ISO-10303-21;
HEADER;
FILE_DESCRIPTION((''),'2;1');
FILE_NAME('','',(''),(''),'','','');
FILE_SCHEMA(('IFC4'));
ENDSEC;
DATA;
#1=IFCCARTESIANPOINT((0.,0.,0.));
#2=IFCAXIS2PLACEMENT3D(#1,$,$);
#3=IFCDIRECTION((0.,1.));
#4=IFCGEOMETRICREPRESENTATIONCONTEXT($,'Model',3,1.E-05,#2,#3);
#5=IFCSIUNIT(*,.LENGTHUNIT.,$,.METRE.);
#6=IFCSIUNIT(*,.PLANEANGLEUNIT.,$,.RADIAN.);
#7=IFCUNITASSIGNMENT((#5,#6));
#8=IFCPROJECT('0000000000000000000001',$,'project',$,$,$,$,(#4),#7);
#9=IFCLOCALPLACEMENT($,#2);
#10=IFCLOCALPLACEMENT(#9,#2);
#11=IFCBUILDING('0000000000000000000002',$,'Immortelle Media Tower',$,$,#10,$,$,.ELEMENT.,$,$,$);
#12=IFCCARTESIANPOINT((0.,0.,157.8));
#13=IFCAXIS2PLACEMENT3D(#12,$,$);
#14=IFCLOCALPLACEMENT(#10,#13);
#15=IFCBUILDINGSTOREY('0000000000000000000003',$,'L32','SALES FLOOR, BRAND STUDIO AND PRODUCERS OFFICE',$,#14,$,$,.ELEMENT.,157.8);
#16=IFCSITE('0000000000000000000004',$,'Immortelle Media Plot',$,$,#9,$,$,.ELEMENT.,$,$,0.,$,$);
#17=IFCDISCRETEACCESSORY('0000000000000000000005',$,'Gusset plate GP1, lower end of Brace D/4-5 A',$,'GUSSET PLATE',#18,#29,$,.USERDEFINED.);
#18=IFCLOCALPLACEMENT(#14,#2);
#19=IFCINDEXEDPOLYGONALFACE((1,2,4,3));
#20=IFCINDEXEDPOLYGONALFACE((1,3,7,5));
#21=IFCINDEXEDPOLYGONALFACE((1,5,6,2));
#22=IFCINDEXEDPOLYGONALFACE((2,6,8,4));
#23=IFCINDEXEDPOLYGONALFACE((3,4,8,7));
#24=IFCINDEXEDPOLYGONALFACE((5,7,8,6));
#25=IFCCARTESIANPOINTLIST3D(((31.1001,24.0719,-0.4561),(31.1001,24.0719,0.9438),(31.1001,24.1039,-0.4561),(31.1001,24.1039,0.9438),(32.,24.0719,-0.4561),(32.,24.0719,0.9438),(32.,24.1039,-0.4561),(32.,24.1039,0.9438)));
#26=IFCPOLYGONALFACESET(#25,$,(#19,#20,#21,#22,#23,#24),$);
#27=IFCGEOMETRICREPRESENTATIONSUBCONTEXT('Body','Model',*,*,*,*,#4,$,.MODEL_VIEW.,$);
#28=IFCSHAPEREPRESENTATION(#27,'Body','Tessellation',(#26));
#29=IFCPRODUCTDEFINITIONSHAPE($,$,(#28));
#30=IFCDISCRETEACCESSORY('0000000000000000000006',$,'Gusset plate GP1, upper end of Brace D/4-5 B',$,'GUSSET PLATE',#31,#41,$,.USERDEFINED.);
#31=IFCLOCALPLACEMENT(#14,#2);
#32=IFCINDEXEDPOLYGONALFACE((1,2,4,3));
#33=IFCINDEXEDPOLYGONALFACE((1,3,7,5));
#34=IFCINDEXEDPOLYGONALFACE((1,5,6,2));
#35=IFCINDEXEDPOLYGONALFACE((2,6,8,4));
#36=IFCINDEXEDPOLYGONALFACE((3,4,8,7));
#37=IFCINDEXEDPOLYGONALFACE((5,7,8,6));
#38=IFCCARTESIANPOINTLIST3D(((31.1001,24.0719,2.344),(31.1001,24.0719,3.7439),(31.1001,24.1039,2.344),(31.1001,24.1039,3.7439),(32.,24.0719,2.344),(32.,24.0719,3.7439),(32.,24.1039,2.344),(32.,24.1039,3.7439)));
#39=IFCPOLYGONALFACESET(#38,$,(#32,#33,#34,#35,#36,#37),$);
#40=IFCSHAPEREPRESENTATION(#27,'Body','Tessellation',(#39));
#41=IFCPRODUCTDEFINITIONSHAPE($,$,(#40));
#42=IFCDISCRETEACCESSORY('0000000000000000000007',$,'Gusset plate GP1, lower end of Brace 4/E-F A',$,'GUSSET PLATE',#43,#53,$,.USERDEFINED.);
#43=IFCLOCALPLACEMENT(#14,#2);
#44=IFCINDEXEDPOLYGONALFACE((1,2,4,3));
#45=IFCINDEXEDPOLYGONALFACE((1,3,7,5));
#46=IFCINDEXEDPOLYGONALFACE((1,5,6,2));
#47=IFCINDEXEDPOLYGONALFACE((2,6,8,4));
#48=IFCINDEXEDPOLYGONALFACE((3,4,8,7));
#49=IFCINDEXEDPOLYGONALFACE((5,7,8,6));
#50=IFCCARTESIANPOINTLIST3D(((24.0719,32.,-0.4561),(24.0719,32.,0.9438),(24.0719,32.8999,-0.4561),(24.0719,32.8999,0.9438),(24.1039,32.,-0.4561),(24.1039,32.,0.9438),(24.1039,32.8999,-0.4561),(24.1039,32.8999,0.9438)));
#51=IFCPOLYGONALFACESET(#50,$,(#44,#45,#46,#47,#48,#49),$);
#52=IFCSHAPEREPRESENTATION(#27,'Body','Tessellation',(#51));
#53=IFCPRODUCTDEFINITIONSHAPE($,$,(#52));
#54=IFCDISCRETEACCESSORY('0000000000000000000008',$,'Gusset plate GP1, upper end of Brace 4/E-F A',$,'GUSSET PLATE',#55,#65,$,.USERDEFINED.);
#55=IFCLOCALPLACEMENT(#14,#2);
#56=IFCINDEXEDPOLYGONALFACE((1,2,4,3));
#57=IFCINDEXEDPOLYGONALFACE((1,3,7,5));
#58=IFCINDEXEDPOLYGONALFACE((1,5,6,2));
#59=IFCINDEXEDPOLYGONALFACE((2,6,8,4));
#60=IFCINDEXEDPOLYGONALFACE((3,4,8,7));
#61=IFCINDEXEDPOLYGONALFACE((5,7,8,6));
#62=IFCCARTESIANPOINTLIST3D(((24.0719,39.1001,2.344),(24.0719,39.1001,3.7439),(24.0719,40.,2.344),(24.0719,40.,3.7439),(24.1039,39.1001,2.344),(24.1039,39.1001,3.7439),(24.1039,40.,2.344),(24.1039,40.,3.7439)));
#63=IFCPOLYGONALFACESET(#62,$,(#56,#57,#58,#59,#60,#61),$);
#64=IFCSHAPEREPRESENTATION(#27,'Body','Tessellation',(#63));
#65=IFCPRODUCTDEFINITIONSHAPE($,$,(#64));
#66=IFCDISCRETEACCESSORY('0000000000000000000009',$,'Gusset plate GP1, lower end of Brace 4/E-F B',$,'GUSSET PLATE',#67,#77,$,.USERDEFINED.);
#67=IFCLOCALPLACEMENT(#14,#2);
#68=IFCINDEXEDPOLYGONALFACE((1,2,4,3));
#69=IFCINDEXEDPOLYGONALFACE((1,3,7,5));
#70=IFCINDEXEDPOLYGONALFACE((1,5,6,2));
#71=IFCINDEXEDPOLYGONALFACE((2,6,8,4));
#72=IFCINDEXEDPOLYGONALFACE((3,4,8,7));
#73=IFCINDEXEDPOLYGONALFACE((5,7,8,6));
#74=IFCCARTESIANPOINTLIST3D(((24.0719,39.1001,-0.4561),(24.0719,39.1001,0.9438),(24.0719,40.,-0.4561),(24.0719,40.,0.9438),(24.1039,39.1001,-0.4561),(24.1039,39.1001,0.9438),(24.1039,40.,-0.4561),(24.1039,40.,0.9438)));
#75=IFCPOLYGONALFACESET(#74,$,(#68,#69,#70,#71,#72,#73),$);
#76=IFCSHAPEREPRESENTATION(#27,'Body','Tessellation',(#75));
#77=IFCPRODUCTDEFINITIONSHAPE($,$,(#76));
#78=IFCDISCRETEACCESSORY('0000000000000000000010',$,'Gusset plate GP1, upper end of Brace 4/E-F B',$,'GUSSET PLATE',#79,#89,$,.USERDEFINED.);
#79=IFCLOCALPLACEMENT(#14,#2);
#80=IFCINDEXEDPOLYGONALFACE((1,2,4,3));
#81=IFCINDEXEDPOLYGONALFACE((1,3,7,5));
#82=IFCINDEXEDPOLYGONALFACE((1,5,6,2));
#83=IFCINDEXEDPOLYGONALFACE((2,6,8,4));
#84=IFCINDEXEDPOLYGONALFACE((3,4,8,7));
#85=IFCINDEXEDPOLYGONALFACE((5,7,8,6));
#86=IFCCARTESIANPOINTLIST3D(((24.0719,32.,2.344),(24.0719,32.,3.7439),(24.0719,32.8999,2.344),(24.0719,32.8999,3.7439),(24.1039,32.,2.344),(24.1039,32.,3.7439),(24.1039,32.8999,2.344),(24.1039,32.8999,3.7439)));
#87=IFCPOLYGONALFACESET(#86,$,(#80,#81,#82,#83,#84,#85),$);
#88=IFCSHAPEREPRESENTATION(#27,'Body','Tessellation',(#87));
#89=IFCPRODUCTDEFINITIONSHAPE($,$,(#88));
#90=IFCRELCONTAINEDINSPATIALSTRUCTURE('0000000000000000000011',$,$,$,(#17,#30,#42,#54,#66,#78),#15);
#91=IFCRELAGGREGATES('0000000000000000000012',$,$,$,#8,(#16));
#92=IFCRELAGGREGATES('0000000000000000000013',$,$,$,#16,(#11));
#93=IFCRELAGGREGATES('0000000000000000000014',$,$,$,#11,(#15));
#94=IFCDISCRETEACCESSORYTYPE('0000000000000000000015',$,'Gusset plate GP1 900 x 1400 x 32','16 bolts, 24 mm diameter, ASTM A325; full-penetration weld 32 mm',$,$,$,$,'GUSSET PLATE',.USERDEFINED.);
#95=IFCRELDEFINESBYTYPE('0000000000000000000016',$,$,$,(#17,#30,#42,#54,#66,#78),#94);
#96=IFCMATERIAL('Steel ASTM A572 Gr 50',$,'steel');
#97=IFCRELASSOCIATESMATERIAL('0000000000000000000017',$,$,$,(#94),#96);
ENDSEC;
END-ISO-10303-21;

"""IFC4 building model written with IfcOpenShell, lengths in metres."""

from ifc_helpers import new_model, si_unit, direction, frame, origin, origin_2d, place, context, subcontext, project, spatial, rectangle, extrude, material, material_profile, profile_set, type_object, element, save


model = new_model("IFC4")

# Units and contexts
model_context = context("Model", 3, precision=1e-05, world=origin(), true_north=direction((0.0, 1.0)))
body_context = subcontext(model_context, "Body", "Model", "MODEL_VIEW")
ifc_project = project(units=[si_unit("LENGTHUNIT", "METRE"), si_unit("PLANEANGLEUNIT", "RADIAN")], contexts=[model_context])

# Site, building, storey
site_placement = place(None, origin())
site = spatial("IfcSite", under=ifc_project, at=site_placement, Name="Immortelle Media Plot", CompositionType="ELEMENT", RefElevation=0.0)
building_placement = place(site_placement, origin())
building = spatial("IfcBuilding", under=site, at=building_placement, Name="Immortelle Media Tower", CompositionType="ELEMENT")
storey_placement = place(building_placement, frame((0.0, 0.0, 157.8)))
storey = spatial("IfcBuildingStorey", under=building, at=storey_placement, Name="L32", Description="SALES FLOOR, BRAND STUDIO AND PRODUCERS OFFICE", CompositionType="ELEMENT", Elevation=157.8)

# Discrete accessories
ifc_material_1 = material(Name="Steel ASTM A572 Gr 50", Category="steel")
ifc_material_profile_1 = material_profile(ifc_material_1, rectangle(XDim=0.032, YDim=1.3999, at=origin_2d()), Name="PL 32 x 1400")
ifc_profile_set_1 = profile_set([ifc_material_profile_1], Name="Steel ASTM A572 Gr 50")
discrete_accessory_type_1 = type_object("IfcDiscreteAccessoryType", Name="Gusset plate GP1 900 x 1400 x 32", Description="16 bolts, 24 mm diameter, ASTM A325; full-penetration weld 32 mm", ElementType="GUSSET PLATE", PredefinedType="USERDEFINED", material=ifc_profile_set_1)
for number, where, z_axis, x_axis, name in (
    (1, (32.0, 24.0879, 0.2439), (-1.0, 0.0, 0.0), (0.0, -1.0, 0.0), "Gusset plate GP1, lower end of Brace D/4-5 A"),
    (2, (32.0, 24.0879, 3.0439), (-1.0, 0.0, 0.0), (0.0, -1.0, 0.0), "Gusset plate GP1, upper end of Brace D/4-5 B"),
    (3, (24.0879, 32.0, 0.2439), (0.0, 1.0, 0.0), (-1.0, 0.0, 0.0), "Gusset plate GP1, lower end of Brace 4/E-F A"),
    (4, (24.0879, 40.0, 3.0439), (0.0, -1.0, 0.0), (1.0, 0.0, 0.0), "Gusset plate GP1, upper end of Brace 4/E-F A"),
    (5, (24.0879, 40.0, 0.2439), (0.0, -1.0, 0.0), (1.0, 0.0, 0.0), "Gusset plate GP1, lower end of Brace 4/E-F B"),
    (6, (24.0879, 32.0, 3.0439), (0.0, 1.0, 0.0), (-1.0, 0.0, 0.0), "Gusset plate GP1, upper end of Brace 4/E-F B"),
):
    element("IfcDiscreteAccessory", number, at=place(storey_placement, frame(where, z_axis=z_axis, x_axis=x_axis)), inside=storey, type_object=discrete_accessory_type_1, Name=name, ObjectType="GUSSET PLATE", PredefinedType="USERDEFINED", context=body_context, shape_type="SweptSolid", body=[
        extrude(rectangle(XDim=0.032, YDim=1.3999, at=origin_2d()), origin(), (0.0, 0.0, 1.0), 0.8999),
    ])

save(model, "model.ifc")
